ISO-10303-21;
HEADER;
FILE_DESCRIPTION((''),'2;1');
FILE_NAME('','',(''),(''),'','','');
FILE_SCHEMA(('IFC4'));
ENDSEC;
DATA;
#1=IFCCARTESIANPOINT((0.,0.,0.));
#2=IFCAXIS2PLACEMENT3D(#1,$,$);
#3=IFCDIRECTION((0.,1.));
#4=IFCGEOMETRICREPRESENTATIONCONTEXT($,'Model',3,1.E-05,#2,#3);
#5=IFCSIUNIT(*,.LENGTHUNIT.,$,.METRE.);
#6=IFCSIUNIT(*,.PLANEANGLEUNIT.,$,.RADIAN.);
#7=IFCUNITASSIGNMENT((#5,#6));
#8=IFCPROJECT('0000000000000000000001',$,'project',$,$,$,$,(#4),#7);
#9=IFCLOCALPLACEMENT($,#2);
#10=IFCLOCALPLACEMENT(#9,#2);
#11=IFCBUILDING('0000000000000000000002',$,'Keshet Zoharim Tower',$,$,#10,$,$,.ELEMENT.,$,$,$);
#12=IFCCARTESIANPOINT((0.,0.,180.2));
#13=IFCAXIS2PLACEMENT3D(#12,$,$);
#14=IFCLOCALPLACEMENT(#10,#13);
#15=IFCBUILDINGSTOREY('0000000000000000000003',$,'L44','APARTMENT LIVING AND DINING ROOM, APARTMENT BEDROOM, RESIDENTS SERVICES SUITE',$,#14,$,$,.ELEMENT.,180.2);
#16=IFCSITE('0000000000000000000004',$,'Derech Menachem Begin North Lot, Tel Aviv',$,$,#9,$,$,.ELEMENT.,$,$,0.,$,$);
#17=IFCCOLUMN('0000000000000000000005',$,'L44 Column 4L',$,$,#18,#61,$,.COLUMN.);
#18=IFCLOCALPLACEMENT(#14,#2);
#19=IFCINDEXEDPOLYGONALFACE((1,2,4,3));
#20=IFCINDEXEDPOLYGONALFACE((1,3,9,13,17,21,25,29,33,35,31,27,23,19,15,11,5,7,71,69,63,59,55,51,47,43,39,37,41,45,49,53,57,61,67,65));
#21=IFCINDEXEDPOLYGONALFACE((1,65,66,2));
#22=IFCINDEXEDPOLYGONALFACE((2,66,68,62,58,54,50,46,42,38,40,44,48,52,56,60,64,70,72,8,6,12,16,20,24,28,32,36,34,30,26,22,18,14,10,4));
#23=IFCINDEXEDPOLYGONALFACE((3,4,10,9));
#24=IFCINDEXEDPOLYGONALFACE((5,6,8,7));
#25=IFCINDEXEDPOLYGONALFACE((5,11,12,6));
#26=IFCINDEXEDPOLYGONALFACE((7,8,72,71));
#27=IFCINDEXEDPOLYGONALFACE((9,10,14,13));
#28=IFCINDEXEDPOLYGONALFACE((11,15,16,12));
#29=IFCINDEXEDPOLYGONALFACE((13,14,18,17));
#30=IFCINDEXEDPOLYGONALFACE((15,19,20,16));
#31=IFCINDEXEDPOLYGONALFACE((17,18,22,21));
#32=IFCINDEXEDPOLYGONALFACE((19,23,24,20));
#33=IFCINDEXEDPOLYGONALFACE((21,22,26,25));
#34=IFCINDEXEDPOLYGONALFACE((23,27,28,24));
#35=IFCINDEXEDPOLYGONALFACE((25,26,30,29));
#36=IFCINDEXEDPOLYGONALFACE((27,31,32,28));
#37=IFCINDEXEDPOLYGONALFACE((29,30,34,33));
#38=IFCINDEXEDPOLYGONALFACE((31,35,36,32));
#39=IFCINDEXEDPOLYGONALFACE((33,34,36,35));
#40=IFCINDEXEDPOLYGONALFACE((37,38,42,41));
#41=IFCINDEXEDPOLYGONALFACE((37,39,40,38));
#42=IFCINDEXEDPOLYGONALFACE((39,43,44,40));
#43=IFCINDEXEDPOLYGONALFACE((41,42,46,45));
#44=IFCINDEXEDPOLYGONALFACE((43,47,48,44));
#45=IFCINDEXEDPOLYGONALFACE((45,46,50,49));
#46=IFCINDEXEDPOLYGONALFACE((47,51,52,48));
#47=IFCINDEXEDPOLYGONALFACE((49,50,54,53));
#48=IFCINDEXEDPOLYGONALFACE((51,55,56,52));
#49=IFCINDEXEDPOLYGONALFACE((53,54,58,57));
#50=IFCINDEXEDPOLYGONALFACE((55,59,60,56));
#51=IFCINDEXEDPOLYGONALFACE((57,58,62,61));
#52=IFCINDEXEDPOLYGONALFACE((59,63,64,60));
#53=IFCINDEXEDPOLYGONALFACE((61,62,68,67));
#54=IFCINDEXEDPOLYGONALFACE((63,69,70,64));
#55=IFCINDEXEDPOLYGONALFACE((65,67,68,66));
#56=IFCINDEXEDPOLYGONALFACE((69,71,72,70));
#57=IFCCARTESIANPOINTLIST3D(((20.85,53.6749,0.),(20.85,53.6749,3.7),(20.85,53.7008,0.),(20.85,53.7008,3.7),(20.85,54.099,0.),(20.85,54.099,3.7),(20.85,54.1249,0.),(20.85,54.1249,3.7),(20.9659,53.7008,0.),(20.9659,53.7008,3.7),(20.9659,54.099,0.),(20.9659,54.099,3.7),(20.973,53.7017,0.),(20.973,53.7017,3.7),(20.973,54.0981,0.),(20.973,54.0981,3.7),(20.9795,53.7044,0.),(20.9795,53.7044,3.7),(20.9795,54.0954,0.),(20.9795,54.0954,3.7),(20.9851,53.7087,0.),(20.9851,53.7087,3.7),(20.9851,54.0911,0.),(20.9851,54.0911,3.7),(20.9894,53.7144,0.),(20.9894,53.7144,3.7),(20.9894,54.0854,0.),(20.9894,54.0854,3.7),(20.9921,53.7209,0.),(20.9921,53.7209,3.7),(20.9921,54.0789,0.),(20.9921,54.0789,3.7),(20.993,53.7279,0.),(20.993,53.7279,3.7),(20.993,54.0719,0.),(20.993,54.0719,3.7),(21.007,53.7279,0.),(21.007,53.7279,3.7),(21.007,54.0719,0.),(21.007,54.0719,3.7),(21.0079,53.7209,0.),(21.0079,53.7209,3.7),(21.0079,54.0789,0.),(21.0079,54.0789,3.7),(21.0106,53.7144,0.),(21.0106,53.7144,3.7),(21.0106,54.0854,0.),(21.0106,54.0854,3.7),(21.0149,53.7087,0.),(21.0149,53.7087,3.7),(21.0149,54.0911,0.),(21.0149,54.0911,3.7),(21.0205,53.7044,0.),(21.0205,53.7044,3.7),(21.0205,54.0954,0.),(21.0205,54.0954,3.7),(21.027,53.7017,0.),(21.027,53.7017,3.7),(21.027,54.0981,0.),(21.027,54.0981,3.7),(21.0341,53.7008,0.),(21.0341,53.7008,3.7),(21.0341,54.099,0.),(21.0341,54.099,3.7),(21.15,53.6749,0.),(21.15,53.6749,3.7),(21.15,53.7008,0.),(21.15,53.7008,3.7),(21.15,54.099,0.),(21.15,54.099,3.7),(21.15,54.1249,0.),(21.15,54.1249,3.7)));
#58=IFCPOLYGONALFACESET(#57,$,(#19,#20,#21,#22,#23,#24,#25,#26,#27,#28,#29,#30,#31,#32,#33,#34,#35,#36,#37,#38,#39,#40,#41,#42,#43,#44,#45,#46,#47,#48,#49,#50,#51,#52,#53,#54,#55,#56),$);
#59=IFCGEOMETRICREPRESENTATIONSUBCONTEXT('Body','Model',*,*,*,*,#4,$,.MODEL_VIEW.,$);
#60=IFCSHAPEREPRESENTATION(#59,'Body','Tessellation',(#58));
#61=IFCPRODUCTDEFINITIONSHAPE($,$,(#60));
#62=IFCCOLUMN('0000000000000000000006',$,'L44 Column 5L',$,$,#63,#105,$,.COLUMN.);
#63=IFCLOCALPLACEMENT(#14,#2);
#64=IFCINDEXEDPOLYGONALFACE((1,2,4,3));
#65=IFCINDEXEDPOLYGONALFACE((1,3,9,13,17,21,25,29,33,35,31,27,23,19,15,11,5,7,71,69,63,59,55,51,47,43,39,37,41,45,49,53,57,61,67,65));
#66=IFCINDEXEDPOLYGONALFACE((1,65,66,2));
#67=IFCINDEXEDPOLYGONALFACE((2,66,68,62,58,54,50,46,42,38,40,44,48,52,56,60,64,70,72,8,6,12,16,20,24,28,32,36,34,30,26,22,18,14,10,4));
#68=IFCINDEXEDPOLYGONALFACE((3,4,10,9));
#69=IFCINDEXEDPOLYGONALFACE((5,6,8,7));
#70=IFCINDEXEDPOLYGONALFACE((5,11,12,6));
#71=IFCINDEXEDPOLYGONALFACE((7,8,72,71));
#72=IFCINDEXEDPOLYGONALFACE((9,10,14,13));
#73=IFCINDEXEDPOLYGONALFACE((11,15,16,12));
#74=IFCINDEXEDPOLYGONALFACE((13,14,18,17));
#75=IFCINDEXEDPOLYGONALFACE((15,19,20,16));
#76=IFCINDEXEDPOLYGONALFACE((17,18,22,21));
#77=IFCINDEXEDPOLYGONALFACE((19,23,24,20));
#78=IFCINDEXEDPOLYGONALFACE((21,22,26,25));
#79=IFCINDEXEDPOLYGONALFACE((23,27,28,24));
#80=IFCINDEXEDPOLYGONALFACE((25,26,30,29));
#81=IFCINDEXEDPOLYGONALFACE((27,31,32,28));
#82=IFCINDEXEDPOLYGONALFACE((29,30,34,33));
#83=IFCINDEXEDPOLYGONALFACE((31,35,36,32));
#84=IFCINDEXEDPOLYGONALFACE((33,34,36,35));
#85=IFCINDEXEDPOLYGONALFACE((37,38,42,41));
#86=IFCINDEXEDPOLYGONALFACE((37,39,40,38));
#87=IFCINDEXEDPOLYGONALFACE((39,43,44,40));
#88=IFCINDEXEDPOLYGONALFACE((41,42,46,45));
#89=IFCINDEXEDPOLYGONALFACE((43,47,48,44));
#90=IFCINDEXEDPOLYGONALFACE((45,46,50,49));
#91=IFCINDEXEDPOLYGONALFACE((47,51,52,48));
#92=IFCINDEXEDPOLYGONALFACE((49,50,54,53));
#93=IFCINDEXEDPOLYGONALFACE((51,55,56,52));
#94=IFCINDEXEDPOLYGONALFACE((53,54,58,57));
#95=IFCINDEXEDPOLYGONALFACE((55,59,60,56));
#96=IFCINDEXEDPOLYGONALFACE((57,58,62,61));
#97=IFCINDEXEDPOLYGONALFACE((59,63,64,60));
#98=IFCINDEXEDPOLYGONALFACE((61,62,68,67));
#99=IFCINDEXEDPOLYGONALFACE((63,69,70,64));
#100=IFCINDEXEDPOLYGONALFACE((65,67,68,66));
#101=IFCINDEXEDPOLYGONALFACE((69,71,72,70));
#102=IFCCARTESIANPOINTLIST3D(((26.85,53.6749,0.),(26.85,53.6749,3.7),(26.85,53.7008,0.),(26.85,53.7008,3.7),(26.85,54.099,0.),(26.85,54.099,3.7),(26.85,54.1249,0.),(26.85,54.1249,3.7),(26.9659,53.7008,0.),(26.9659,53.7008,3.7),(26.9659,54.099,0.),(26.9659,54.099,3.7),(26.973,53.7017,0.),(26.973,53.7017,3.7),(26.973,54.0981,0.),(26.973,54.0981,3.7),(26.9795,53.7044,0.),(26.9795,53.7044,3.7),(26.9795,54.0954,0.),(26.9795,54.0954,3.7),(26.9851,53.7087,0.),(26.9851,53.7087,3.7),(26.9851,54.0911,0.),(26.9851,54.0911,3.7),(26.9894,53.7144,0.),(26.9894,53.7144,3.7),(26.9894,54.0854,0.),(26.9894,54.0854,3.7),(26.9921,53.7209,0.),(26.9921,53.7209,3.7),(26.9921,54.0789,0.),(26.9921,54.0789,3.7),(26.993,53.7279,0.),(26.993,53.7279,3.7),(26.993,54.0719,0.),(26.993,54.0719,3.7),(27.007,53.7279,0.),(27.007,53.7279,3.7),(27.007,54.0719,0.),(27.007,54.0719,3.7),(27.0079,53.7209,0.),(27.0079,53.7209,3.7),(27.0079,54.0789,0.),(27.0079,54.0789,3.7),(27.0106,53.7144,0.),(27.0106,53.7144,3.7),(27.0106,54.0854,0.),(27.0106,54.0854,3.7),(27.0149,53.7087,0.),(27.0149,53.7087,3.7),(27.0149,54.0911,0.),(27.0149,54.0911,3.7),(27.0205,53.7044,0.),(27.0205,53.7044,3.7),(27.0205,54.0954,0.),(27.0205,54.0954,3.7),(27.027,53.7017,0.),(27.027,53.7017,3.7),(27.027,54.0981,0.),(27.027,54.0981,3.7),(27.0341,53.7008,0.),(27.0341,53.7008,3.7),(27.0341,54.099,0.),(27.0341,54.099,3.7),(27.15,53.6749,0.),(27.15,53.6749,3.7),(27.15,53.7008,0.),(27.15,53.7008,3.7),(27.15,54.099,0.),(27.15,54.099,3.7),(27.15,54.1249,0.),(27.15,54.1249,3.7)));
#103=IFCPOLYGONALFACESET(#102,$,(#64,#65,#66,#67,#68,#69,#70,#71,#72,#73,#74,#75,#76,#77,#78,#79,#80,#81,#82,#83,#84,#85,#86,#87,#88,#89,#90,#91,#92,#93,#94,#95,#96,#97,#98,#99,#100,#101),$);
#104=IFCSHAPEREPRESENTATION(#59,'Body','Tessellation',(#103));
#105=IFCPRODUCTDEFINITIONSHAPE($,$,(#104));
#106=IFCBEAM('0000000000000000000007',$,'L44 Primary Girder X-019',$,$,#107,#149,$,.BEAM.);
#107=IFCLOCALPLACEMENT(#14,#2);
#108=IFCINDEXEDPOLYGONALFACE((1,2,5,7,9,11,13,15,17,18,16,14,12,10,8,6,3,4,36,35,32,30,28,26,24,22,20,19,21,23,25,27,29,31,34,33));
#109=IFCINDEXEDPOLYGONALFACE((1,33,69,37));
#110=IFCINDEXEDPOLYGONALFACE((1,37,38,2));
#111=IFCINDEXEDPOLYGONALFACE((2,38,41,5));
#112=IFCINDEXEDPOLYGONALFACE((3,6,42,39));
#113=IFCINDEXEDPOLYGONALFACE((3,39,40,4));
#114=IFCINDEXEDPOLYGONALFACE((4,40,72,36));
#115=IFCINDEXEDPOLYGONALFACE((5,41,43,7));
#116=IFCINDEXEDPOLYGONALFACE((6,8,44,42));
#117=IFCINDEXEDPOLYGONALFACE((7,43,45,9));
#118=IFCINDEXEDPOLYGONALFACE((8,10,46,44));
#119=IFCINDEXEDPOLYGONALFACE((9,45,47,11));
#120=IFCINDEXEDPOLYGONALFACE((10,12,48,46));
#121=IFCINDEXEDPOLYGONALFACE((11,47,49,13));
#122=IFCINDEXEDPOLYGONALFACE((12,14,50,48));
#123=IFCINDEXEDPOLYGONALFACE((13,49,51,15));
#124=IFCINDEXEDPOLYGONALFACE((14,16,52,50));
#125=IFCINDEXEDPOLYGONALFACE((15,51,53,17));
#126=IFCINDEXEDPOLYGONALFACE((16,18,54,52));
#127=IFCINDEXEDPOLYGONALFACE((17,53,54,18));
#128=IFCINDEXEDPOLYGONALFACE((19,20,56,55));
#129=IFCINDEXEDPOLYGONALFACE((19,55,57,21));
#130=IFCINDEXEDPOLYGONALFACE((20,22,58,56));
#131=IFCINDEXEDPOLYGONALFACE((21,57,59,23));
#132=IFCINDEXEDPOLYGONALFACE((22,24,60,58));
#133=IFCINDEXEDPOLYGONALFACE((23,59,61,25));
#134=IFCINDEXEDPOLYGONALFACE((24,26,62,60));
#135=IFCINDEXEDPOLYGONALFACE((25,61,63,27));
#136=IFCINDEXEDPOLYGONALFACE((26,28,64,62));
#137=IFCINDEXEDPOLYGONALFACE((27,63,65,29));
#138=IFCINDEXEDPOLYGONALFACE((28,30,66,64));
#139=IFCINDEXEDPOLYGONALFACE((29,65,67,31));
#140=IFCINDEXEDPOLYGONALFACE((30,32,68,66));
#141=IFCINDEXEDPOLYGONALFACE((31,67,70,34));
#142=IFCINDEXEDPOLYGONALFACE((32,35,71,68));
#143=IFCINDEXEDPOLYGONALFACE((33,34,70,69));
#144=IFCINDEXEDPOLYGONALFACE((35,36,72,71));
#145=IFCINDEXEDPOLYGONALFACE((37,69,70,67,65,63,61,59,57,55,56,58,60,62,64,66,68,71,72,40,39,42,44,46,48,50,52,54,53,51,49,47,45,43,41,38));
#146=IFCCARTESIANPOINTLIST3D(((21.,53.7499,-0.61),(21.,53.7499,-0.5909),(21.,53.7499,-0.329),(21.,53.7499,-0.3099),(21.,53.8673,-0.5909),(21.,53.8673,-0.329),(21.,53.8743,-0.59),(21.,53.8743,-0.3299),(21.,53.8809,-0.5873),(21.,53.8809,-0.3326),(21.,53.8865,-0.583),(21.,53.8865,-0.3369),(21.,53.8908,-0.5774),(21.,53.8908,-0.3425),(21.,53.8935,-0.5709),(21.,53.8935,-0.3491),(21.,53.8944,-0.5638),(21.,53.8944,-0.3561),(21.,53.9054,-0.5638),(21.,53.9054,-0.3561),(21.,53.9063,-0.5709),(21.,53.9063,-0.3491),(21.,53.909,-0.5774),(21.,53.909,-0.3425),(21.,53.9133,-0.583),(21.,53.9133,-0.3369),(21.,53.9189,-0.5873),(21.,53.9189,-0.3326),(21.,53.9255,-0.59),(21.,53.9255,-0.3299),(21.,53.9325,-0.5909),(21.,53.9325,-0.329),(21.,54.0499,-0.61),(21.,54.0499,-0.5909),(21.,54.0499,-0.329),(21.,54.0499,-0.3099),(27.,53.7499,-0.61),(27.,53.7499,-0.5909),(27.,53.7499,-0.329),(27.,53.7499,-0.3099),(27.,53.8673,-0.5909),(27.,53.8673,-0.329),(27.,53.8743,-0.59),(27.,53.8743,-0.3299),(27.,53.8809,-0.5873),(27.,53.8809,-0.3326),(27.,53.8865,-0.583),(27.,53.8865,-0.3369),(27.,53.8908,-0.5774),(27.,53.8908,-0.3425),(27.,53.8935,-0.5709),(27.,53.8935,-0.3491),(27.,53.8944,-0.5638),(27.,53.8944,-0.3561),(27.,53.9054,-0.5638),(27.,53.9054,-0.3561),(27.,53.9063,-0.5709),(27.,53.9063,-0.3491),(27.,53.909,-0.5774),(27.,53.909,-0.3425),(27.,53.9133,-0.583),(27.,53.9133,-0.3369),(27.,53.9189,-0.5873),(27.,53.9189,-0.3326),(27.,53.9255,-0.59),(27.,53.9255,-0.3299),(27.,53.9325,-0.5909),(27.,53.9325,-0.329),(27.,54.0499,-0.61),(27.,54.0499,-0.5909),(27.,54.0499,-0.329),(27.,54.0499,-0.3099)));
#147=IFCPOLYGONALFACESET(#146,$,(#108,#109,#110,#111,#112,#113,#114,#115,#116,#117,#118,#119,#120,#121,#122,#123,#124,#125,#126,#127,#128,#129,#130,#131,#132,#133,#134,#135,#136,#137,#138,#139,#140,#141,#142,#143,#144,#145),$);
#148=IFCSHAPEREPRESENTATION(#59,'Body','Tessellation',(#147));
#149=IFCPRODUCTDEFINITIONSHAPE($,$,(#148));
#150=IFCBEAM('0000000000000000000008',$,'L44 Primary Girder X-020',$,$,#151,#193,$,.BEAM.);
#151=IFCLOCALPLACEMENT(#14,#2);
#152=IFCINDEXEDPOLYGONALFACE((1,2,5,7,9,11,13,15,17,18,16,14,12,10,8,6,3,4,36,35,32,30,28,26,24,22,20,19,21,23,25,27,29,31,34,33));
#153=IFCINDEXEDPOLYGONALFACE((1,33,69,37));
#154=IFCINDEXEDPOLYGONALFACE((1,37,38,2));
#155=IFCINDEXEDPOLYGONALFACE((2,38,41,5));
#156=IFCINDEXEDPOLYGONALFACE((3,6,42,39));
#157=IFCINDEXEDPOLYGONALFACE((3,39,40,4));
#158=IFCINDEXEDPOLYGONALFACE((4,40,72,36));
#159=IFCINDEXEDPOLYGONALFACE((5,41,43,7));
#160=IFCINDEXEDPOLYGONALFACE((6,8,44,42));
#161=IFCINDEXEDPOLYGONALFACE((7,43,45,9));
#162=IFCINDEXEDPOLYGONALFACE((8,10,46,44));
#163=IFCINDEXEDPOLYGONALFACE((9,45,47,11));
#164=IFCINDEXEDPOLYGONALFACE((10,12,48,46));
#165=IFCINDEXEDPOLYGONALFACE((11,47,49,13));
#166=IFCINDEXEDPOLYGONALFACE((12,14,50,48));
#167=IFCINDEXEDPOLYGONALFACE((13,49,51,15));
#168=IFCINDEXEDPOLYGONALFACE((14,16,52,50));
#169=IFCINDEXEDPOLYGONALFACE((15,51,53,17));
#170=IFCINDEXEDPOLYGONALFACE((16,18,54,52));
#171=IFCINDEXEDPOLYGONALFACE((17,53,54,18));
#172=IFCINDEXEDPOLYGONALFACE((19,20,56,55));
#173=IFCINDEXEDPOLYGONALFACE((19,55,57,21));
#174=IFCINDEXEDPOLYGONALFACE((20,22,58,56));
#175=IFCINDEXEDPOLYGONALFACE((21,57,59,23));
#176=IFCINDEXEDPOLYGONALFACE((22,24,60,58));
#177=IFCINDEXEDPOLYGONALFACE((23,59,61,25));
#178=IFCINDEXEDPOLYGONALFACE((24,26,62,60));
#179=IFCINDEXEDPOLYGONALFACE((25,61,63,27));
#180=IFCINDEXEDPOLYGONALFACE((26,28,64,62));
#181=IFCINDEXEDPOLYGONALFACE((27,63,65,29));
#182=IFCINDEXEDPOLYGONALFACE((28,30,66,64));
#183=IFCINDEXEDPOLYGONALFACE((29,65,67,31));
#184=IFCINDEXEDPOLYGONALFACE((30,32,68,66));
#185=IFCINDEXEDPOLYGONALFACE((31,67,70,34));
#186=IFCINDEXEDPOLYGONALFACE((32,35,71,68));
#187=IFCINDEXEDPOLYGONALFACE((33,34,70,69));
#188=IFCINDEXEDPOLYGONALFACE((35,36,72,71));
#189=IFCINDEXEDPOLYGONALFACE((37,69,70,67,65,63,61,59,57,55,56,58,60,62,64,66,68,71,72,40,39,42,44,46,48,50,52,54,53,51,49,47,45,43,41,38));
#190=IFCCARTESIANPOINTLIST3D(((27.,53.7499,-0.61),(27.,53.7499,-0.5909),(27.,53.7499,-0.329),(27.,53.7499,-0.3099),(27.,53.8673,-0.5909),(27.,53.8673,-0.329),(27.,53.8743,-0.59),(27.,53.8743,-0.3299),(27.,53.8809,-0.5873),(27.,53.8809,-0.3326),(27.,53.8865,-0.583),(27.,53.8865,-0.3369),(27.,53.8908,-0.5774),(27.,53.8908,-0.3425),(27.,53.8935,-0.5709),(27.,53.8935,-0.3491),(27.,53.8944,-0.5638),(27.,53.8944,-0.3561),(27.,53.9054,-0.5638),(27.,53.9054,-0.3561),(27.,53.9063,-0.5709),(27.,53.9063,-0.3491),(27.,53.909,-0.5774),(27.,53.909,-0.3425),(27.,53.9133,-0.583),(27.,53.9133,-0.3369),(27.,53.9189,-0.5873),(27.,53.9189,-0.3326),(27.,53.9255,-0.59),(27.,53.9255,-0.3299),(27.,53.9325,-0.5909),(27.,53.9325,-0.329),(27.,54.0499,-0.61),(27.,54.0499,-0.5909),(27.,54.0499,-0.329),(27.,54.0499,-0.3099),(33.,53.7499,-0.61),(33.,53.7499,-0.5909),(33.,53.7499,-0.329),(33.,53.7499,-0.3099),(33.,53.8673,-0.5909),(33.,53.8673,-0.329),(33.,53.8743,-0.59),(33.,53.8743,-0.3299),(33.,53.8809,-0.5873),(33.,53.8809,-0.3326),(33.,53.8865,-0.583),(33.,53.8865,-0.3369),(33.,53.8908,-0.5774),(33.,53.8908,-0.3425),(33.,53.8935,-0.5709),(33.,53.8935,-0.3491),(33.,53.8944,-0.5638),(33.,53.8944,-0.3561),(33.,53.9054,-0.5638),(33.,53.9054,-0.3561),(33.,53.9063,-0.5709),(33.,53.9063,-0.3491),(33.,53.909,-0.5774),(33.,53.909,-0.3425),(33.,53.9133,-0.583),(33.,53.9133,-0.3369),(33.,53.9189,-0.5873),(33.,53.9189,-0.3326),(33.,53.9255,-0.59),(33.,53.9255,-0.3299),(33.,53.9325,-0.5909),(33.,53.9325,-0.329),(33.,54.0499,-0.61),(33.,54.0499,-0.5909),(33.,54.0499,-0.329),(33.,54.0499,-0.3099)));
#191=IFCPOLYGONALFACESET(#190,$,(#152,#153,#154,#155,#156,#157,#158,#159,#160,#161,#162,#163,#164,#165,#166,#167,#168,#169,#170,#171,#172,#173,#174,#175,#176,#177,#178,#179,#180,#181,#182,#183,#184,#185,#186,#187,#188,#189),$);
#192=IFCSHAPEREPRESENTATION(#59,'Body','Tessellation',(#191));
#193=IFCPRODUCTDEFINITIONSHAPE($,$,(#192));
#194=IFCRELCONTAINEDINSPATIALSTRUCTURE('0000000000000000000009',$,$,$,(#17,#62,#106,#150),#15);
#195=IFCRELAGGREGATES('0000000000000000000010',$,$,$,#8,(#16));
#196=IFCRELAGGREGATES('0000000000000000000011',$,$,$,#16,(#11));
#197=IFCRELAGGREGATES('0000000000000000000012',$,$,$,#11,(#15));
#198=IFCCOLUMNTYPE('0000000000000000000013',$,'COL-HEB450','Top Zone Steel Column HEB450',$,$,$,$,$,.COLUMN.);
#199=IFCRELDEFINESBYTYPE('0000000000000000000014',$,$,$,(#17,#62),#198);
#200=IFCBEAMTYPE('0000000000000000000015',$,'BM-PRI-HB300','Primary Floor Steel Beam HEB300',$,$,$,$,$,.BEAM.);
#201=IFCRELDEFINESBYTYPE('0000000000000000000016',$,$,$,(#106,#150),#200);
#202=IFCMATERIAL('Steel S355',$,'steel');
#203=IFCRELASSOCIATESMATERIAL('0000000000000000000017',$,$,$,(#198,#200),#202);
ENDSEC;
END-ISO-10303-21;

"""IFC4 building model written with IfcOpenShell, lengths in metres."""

from ifc_helpers import new_model, si_unit, direction, frame, origin, origin_2d, place, context, subcontext, project, spatial, i_section, extrude, material, material_profile, profile_set, type_object, element, save


model = new_model("IFC4")

# Units and contexts
model_context = context("Model", 3, precision=1e-05, world=origin(), true_north=direction((0.0, 1.0)))
body_context = subcontext(model_context, "Body", "Model", "MODEL_VIEW")
ifc_project = project(units=[si_unit("LENGTHUNIT", "METRE"), si_unit("PLANEANGLEUNIT", "RADIAN")], contexts=[model_context])

# Site, building, storey
site_placement = place(None, origin())
site = spatial("IfcSite", under=ifc_project, at=site_placement, Name="Derech Menachem Begin North Lot, Tel Aviv", CompositionType="ELEMENT", RefElevation=0.0)
building_placement = place(site_placement, origin())
building = spatial("IfcBuilding", under=site, at=building_placement, Name="Keshet Zoharim Tower", CompositionType="ELEMENT")
storey_placement = place(building_placement, frame((0.0, 0.0, 180.2)))
storey = spatial("IfcBuildingStorey", under=building, at=storey_placement, Name="L44", Description="APARTMENT LIVING AND DINING ROOM, APARTMENT BEDROOM, RESIDENTS SERVICES SUITE", CompositionType="ELEMENT", Elevation=180.2)

# Columns
ifc_material_1 = material(Name="Steel S355", Category="steel")
ifc_material_profile_1 = material_profile(ifc_material_1, i_section(OverallWidth=0.3, OverallDepth=0.45, WebThickness=0.0139, FlangeThickness=0.0259, FilletRadius=0.0271, at=origin_2d()), Name="HEB450")
ifc_profile_set_1 = profile_set([ifc_material_profile_1], Name="Steel S355")
column_type = type_object("IfcColumnType", Name="COL-HEB450", Description="Top Zone Steel Column HEB450", PredefinedType="COLUMN", material=ifc_profile_set_1)
for number, where, z_axis, x_axis, name in (
    (1, (21.0, 53.8999, 0.0), (0.0, 0.0, 1.0), (1.0, 0.0, 0.0), "L44 Column 4L"),
    (2, (27.0, 53.8999, 0.0), (0.0, 0.0, 1.0), (1.0, 0.0, 0.0), "L44 Column 5L"),
):
    element("IfcColumn", number, at=place(storey_placement, frame(where, z_axis=z_axis, x_axis=x_axis)), inside=storey, type_object=column_type, Name=name, PredefinedType="COLUMN", context=body_context, shape_type="SweptSolid", body=[
        extrude(i_section(OverallWidth=0.3, OverallDepth=0.45, WebThickness=0.0139, FlangeThickness=0.0259, FilletRadius=0.0271, at=origin_2d()), origin(), (0.0, 0.0, 1.0), 3.7),
    ])

# Beams
ifc_material_profile_2 = material_profile(ifc_material_1, i_section(OverallWidth=0.3, OverallDepth=0.3, WebThickness=0.011, FlangeThickness=0.019, FilletRadius=0.0271, at=origin_2d()), Name="HEB300")
ifc_profile_set_2 = profile_set([ifc_material_profile_2], Name="Steel S355")
beam_type = type_object("IfcBeamType", Name="BM-PRI-HB300", Description="Primary Floor Steel Beam HEB300", PredefinedType="BEAM", material=ifc_profile_set_2)
for number, where, z_axis, x_axis, name in (
    (3, (21.0, 53.8999, -0.46), (1.0, 0.0, 0.0), (0.0, 1.0, 0.0), "L44 Primary Girder X-019"),
    (4, (27.0, 53.8999, -0.46), (1.0, 0.0, 0.0), (0.0, 1.0, 0.0), "L44 Primary Girder X-020"),
):
    element("IfcBeam", number, at=place(storey_placement, frame(where, z_axis=z_axis, x_axis=x_axis)), inside=storey, type_object=beam_type, Name=name, PredefinedType="BEAM", context=body_context, shape_type="SweptSolid", body=[
        extrude(i_section(OverallWidth=0.3, OverallDepth=0.3, WebThickness=0.011, FlangeThickness=0.019, FilletRadius=0.0271, at=origin_2d()), origin(), (0.0, 0.0, 1.0), 6.0),
    ])

save(model, "model.ifc")
